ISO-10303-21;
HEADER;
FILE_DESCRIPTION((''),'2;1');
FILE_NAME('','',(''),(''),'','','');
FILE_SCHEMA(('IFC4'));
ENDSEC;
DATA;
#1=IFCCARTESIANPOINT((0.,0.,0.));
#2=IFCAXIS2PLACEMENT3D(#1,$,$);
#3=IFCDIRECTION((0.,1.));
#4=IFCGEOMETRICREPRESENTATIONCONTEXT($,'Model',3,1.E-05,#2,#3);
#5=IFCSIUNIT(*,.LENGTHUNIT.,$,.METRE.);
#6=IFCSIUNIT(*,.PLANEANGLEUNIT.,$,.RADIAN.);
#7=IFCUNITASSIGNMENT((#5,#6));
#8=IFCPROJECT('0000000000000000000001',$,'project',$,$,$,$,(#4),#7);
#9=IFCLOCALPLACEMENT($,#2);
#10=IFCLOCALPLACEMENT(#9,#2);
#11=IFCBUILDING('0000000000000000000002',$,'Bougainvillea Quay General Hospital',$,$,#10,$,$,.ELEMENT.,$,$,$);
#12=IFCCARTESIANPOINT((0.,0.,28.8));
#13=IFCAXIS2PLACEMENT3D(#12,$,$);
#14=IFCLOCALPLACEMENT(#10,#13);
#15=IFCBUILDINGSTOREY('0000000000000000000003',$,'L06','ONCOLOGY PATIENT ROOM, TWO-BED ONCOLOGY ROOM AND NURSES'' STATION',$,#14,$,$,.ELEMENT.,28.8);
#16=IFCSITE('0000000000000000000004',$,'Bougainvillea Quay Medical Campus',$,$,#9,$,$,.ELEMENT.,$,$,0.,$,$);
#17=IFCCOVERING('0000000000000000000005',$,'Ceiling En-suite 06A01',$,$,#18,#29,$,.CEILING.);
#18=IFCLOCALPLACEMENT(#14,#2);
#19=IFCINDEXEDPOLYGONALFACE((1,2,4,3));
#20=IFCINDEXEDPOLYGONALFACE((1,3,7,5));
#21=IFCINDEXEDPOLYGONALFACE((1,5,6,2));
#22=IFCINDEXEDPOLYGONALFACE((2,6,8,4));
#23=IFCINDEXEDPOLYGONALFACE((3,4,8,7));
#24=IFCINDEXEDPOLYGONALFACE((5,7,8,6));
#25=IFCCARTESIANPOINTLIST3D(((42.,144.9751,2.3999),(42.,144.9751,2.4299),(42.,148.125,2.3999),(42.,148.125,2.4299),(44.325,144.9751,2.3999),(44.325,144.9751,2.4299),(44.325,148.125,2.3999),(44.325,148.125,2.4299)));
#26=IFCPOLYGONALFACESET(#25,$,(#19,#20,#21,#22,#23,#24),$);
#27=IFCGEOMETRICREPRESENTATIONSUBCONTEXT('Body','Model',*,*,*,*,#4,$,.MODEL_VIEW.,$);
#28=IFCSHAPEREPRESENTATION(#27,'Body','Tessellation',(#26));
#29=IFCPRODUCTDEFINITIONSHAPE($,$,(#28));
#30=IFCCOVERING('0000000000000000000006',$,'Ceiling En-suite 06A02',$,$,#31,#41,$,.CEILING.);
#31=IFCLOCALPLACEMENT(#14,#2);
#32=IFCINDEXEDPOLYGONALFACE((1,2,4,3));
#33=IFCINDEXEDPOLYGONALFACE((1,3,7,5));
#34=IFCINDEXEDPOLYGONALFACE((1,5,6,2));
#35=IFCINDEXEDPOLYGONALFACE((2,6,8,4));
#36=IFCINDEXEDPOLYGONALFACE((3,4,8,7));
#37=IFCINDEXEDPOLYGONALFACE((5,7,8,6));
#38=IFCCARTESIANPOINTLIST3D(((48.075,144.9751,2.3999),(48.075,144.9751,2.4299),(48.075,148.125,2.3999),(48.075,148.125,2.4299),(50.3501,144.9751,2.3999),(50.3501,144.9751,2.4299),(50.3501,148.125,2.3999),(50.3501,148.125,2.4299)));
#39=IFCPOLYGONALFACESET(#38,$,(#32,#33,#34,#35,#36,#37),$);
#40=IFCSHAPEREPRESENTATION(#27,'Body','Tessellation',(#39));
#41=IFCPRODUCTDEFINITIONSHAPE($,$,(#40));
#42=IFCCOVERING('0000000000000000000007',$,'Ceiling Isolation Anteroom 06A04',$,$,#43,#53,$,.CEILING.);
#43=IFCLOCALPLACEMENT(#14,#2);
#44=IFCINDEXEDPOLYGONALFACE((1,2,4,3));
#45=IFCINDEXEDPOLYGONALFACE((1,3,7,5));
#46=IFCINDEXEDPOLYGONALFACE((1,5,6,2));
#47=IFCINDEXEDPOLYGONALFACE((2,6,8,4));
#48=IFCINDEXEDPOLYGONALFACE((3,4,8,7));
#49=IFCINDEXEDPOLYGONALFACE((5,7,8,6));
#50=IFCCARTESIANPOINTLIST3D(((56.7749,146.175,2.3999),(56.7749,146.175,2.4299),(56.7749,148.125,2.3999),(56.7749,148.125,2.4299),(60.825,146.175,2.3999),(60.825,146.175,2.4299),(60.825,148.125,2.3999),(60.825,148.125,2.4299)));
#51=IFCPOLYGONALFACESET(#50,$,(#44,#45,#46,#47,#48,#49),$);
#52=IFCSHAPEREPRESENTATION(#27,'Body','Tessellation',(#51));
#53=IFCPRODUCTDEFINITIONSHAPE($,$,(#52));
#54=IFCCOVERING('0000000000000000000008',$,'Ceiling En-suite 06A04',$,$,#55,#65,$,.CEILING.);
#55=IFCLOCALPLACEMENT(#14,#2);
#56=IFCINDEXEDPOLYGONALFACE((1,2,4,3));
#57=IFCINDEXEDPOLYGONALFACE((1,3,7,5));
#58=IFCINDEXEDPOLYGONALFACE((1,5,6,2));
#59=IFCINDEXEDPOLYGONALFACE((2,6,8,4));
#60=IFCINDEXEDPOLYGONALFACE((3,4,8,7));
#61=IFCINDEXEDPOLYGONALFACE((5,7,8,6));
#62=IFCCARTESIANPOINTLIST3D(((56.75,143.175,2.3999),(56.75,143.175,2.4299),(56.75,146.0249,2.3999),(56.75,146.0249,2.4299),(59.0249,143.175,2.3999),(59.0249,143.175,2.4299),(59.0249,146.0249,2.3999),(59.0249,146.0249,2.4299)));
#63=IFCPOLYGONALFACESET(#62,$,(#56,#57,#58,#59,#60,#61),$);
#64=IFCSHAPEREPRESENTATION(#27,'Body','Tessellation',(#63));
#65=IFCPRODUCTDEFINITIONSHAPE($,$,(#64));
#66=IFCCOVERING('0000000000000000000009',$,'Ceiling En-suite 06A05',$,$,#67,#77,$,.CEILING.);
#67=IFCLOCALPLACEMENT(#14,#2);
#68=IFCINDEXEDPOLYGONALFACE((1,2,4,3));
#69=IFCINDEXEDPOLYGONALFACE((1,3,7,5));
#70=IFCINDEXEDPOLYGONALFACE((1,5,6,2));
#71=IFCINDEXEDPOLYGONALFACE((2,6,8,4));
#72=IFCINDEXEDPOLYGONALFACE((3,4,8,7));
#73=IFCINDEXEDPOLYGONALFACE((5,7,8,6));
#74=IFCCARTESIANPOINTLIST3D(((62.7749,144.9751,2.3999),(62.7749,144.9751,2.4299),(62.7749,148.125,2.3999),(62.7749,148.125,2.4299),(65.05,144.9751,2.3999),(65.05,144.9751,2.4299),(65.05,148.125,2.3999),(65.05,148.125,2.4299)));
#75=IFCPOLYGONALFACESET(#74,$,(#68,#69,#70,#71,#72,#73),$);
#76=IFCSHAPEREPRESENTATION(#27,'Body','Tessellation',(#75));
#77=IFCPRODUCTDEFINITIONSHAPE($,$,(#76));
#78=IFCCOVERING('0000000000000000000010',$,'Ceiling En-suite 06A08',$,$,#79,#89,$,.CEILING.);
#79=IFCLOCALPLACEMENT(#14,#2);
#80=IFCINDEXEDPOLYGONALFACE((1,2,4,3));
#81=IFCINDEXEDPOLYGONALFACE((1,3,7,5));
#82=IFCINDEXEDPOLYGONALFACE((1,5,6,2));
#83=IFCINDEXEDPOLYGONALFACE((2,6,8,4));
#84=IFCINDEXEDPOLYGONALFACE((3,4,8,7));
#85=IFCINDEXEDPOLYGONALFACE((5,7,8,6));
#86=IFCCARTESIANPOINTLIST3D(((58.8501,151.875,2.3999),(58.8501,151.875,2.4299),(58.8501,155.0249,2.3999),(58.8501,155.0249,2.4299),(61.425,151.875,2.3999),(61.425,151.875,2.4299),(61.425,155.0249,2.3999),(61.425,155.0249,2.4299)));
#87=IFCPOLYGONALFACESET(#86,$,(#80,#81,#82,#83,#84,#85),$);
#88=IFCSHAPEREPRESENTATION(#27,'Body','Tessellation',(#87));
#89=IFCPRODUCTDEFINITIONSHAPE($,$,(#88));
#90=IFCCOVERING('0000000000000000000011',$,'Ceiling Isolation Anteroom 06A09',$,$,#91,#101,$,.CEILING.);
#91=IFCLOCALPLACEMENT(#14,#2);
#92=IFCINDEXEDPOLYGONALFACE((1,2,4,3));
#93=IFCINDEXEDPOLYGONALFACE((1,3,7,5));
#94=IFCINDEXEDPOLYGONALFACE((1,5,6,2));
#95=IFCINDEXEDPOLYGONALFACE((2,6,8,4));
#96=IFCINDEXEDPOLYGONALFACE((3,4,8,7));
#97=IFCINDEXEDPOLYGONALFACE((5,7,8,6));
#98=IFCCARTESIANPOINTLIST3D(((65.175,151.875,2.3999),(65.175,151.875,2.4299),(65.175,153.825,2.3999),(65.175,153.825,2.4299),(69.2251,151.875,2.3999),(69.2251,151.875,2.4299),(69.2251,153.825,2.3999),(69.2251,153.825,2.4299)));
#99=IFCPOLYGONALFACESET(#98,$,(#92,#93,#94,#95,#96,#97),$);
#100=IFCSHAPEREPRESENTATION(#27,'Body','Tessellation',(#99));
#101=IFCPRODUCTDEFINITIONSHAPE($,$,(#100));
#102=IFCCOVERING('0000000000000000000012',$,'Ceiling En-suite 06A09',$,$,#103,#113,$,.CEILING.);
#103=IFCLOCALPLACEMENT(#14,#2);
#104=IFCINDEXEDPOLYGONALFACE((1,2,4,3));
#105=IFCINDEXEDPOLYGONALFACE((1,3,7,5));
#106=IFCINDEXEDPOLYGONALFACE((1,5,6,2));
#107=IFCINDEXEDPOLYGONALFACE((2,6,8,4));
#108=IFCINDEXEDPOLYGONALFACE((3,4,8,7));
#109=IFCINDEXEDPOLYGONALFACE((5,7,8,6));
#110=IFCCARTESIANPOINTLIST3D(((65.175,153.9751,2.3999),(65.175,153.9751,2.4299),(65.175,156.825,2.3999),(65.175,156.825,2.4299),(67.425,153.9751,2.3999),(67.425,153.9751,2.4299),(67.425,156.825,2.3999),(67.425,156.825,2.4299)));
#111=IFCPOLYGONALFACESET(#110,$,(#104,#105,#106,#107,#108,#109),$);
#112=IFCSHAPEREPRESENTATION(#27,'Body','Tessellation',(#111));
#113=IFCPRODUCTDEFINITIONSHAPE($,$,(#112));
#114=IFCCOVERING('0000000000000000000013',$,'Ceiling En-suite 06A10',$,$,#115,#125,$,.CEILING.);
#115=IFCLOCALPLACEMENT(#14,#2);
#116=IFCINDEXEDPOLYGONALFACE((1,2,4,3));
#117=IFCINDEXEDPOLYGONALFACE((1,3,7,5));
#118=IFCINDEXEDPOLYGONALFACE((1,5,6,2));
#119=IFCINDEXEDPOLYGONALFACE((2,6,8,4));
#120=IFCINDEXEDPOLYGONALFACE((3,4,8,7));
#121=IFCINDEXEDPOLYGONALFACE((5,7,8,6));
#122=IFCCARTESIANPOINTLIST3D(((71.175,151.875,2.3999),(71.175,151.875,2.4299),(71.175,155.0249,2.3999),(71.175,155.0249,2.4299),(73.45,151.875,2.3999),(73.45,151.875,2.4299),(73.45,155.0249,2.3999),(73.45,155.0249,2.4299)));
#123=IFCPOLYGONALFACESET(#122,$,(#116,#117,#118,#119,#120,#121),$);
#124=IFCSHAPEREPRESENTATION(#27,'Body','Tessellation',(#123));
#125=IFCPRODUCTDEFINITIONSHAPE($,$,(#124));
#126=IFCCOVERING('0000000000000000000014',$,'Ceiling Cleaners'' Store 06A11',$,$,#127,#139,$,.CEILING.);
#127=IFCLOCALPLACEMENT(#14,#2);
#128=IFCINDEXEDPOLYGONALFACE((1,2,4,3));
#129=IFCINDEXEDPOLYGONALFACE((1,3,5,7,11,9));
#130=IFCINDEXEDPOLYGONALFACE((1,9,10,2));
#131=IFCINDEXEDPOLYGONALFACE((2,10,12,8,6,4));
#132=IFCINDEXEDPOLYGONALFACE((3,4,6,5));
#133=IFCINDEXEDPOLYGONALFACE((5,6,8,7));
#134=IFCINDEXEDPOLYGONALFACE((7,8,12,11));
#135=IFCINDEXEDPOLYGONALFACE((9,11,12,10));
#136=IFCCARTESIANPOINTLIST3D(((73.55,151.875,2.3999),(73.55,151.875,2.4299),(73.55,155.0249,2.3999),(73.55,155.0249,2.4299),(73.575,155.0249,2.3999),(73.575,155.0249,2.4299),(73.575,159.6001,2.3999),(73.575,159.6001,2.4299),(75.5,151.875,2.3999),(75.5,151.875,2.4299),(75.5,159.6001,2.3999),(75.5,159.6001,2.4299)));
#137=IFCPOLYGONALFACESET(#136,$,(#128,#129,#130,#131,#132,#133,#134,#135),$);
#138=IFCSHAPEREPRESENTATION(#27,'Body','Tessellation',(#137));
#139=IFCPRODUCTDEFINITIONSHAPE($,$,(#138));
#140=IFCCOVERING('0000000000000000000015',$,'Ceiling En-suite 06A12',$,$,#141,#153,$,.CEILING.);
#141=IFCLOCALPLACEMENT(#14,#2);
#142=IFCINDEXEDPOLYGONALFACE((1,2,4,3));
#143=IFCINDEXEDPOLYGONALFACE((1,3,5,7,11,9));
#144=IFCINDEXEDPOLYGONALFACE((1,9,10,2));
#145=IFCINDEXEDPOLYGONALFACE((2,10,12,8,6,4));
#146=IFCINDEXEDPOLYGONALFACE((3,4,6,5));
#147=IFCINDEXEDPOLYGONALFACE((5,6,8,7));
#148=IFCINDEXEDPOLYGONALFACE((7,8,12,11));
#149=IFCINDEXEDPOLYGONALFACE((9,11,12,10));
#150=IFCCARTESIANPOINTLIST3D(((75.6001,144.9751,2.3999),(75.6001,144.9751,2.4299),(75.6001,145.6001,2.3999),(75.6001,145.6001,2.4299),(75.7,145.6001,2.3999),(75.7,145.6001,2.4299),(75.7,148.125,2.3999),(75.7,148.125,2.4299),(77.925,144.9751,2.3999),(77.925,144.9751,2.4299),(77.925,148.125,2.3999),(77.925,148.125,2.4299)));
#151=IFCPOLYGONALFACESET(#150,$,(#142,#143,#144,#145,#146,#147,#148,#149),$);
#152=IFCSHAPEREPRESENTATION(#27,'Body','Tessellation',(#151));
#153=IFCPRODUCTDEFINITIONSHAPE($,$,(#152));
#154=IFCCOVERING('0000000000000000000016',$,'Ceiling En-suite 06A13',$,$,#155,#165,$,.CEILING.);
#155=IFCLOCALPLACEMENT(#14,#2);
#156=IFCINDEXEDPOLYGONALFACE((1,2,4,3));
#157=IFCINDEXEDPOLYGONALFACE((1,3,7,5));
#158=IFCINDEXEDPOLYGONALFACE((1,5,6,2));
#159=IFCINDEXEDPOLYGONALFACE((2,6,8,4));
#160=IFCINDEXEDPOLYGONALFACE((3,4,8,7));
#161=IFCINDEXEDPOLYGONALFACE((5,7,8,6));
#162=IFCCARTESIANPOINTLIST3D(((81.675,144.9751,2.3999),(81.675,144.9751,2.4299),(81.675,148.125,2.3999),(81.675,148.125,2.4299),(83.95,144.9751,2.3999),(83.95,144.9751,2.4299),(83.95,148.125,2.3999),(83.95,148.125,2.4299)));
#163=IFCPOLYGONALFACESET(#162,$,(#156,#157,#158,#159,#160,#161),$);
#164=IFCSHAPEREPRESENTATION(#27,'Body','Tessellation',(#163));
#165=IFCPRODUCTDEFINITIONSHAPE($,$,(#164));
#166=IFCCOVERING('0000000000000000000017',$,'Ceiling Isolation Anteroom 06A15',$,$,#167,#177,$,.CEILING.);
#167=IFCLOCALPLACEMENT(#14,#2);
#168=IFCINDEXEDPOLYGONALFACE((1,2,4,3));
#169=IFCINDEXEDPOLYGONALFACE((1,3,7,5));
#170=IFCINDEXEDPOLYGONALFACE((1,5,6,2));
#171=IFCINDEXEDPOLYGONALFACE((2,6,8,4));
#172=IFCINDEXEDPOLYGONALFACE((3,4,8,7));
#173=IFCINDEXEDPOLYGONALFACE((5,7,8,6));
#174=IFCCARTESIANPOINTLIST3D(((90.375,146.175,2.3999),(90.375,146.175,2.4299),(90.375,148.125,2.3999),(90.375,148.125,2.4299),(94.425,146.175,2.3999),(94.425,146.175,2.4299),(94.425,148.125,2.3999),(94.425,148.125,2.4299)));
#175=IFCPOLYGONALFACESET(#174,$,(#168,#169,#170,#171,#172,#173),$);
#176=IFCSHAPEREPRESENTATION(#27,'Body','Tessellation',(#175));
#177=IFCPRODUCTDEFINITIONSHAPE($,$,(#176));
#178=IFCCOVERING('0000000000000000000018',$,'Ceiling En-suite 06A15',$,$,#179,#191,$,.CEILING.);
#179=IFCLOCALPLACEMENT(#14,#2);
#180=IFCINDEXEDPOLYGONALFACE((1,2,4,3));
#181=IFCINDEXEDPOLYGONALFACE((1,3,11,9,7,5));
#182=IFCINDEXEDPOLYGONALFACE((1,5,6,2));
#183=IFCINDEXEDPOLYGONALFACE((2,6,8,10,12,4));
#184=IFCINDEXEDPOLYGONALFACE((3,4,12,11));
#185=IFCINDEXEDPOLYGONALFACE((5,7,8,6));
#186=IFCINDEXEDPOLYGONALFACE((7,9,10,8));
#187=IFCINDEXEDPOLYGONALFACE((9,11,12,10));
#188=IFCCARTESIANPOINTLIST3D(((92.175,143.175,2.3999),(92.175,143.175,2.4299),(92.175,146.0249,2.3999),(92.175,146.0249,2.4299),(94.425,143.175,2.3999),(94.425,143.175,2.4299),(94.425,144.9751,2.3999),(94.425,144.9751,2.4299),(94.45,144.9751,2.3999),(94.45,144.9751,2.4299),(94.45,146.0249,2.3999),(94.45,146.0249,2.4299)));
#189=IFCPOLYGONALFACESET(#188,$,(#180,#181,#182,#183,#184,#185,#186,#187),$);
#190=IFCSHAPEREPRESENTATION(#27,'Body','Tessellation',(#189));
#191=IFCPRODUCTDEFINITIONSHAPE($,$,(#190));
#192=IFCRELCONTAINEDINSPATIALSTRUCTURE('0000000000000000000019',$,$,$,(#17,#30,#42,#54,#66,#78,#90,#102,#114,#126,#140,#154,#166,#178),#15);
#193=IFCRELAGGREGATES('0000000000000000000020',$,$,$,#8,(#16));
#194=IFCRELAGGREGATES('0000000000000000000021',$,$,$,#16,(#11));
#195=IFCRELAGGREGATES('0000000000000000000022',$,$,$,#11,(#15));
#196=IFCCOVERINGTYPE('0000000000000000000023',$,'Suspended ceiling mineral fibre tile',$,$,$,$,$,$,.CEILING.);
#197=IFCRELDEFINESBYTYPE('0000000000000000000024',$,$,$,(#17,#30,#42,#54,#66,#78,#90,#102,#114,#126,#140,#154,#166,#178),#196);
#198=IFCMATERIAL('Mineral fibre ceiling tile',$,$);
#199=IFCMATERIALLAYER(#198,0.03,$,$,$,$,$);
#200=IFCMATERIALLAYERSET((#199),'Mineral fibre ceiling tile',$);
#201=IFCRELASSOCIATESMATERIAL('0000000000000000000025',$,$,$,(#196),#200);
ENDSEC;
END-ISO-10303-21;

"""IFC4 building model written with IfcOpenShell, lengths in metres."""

from ifc_helpers import new_model, si_unit, direction, frame, origin, place, context, subcontext, project, spatial, polyline, outline, extrude, material, layer, layer_set, type_object, element, save


model = new_model("IFC4")

# Units and contexts
model_context = context("Model", 3, precision=1e-05, world=origin(), true_north=direction((0.0, 1.0)))
body_context = subcontext(model_context, "Body", "Model", "MODEL_VIEW")
ifc_project = project(units=[si_unit("LENGTHUNIT", "METRE"), si_unit("PLANEANGLEUNIT", "RADIAN")], contexts=[model_context])

# Site, building, storey
site_placement = place(None, origin())
site = spatial("IfcSite", under=ifc_project, at=site_placement, Name="Bougainvillea Quay Medical Campus", CompositionType="ELEMENT", RefElevation=0.0)
building_placement = place(site_placement, origin())
building = spatial("IfcBuilding", under=site, at=building_placement, Name="Bougainvillea Quay General Hospital", CompositionType="ELEMENT")
storey_placement = place(building_placement, frame((0.0, 0.0, 28.8)))
storey = spatial("IfcBuildingStorey", under=building, at=storey_placement, Name="L06", Description="ONCOLOGY PATIENT ROOM, TWO-BED ONCOLOGY ROOM AND NURSES' STATION", CompositionType="ELEMENT", Elevation=28.8)

# Coverings
ifc_material_1 = material(Name="Mineral fibre ceiling tile")
ifc_layer_1 = layer(ifc_material_1, 0.03)
ifc_layer_set_1 = layer_set([ifc_layer_1], Name="Mineral fibre ceiling tile")
covering_type_1 = type_object("IfcCoveringType", Name="Suspended ceiling mineral fibre tile", PredefinedType="CEILING", material=ifc_layer_set_1)
covering_1_placement = place(storey_placement, frame((0.0, 0.0, 2.3999)))
element("IfcCovering", 1, at=covering_1_placement, inside=storey, type_object=covering_type_1, Name="Ceiling En-suite 06A01", PredefinedType="CEILING", context=body_context, shape_type="SweptSolid", body=[
    extrude(outline(polyline([(42.0, 144.9751), (44.325, 144.9751), (44.325, 148.125), (42.0, 148.125), (42.0, 144.9751)])), origin(), (0.0, 0.0, 1.0), 0.03),
])
covering_2_placement = place(storey_placement, frame((0.0, 0.0, 2.3999)))
element("IfcCovering", 2, at=covering_2_placement, inside=storey, type_object=covering_type_1, Name="Ceiling En-suite 06A02", PredefinedType="CEILING", context=body_context, shape_type="SweptSolid", body=[
    extrude(outline(polyline([(48.075, 148.125), (48.075, 144.9751), (50.3501, 144.9751), (50.3501, 148.125), (48.075, 148.125)])), origin(), (0.0, 0.0, 1.0), 0.03),
])
covering_3_placement = place(storey_placement, frame((0.0, 0.0, 2.3999)))
element("IfcCovering", 3, at=covering_3_placement, inside=storey, type_object=covering_type_1, Name="Ceiling Isolation Anteroom 06A04", PredefinedType="CEILING", context=body_context, shape_type="SweptSolid", body=[
    extrude(outline(polyline([(60.825, 146.175), (60.825, 148.125), (56.7749, 148.125), (56.7749, 146.175), (60.825, 146.175)])), origin(), (0.0, 0.0, 1.0), 0.03),
])
covering_4_placement = place(storey_placement, frame((0.0, 0.0, 2.3999)))
element("IfcCovering", 4, at=covering_4_placement, inside=storey, type_object=covering_type_1, Name="Ceiling En-suite 06A04", PredefinedType="CEILING", context=body_context, shape_type="SweptSolid", body=[
    extrude(outline(polyline([(59.0249, 146.0249), (56.75, 146.0249), (56.75, 143.175), (59.0249, 143.175), (59.0249, 146.0249)])), origin(), (0.0, 0.0, 1.0), 0.03),
])
covering_5_placement = place(storey_placement, frame((0.0, 0.0, 2.3999)))
element("IfcCovering", 5, at=covering_5_placement, inside=storey, type_object=covering_type_1, Name="Ceiling En-suite 06A05", PredefinedType="CEILING", context=body_context, shape_type="SweptSolid", body=[
    extrude(outline(polyline([(62.7749, 148.125), (62.7749, 144.9751), (65.05, 144.9751), (65.05, 148.125), (62.7749, 148.125)])), origin(), (0.0, 0.0, 1.0), 0.03),
])
covering_6_placement = place(storey_placement, frame((0.0, 0.0, 2.3999)))
element("IfcCovering", 6, at=covering_6_placement, inside=storey, type_object=covering_type_1, Name="Ceiling En-suite 06A08", PredefinedType="CEILING", context=body_context, shape_type="SweptSolid", body=[
    extrude(outline(polyline([(58.8501, 155.0249), (58.8501, 151.875), (61.425, 151.875), (61.425, 155.0249), (58.8501, 155.0249)])), origin(), (0.0, 0.0, 1.0), 0.03),
])
covering_7_placement = place(storey_placement, frame((0.0, 0.0, 2.3999)))
element("IfcCovering", 7, at=covering_7_placement, inside=storey, type_object=covering_type_1, Name="Ceiling Isolation Anteroom 06A09", PredefinedType="CEILING", context=body_context, shape_type="SweptSolid", body=[
    extrude(outline(polyline([(69.2251, 151.875), (69.2251, 153.825), (65.175, 153.825), (65.175, 151.875), (69.2251, 151.875)])), origin(), (0.0, 0.0, 1.0), 0.03),
])
covering_8_placement = place(storey_placement, frame((0.0, 0.0, 2.3999)))
element("IfcCovering", 8, at=covering_8_placement, inside=storey, type_object=covering_type_1, Name="Ceiling En-suite 06A09", PredefinedType="CEILING", context=body_context, shape_type="SweptSolid", body=[
    extrude(outline(polyline([(65.175, 156.825), (65.175, 153.9751), (67.425, 153.9751), (67.425, 156.825), (65.175, 156.825)])), origin(), (0.0, 0.0, 1.0), 0.03),
])
covering_9_placement = place(storey_placement, frame((0.0, 0.0, 2.3999)))
element("IfcCovering", 9, at=covering_9_placement, inside=storey, type_object=covering_type_1, Name="Ceiling En-suite 06A10", PredefinedType="CEILING", context=body_context, shape_type="SweptSolid", body=[
    extrude(outline(polyline([(71.175, 151.875), (73.45, 151.875), (73.45, 155.0249), (71.175, 155.0249), (71.175, 151.875)])), origin(), (0.0, 0.0, 1.0), 0.03),
])
covering_10_placement = place(storey_placement, frame((0.0, 0.0, 2.3999)))
element("IfcCovering", 10, at=covering_10_placement, inside=storey, type_object=covering_type_1, Name="Ceiling Cleaners' Store 06A11", PredefinedType="CEILING", context=body_context, shape_type="SweptSolid", body=[
    extrude(outline(polyline([(73.575, 159.6001), (73.575, 155.0249), (73.55, 155.0249), (73.55, 151.875), (75.5, 151.875), (75.5, 159.6001), (73.575, 159.6001)])), origin(), (0.0, 0.0, 1.0), 0.03),
])
covering_11_placement = place(storey_placement, frame((0.0, 0.0, 2.3999)))
element("IfcCovering", 11, at=covering_11_placement, inside=storey, type_object=covering_type_1, Name="Ceiling En-suite 06A12", PredefinedType="CEILING", context=body_context, shape_type="SweptSolid", body=[
    extrude(outline(polyline([(75.6001, 144.9751), (77.925, 144.9751), (77.925, 148.125), (75.7, 148.125), (75.7, 145.6001), (75.6001, 145.6001), (75.6001, 144.9751)])), origin(), (0.0, 0.0, 1.0), 0.03),
])
covering_12_placement = place(storey_placement, frame((0.0, 0.0, 2.3999)))
element("IfcCovering", 12, at=covering_12_placement, inside=storey, type_object=covering_type_1, Name="Ceiling En-suite 06A13", PredefinedType="CEILING", context=body_context, shape_type="SweptSolid", body=[
    extrude(outline(polyline([(83.95, 148.125), (81.675, 148.125), (81.675, 144.9751), (83.95, 144.9751), (83.95, 148.125)])), origin(), (0.0, 0.0, 1.0), 0.03),
])
covering_13_placement = place(storey_placement, frame((0.0, 0.0, 2.3999)))
element("IfcCovering", 13, at=covering_13_placement, inside=storey, type_object=covering_type_1, Name="Ceiling Isolation Anteroom 06A15", PredefinedType="CEILING", context=body_context, shape_type="SweptSolid", body=[
    extrude(outline(polyline([(94.425, 146.175), (94.425, 148.125), (90.375, 148.125), (90.375, 146.175), (94.425, 146.175)])), origin(), (0.0, 0.0, 1.0), 0.03),
])
covering_14_placement = place(storey_placement, frame((0.0, 0.0, 2.3999)))
element("IfcCovering", 14, at=covering_14_placement, inside=storey, type_object=covering_type_1, Name="Ceiling En-suite 06A15", PredefinedType="CEILING", context=body_context, shape_type="SweptSolid", body=[
    extrude(outline(polyline([(94.425, 144.9751), (94.45, 144.9751), (94.45, 146.0249), (92.175, 146.0249), (92.175, 143.175), (94.425, 143.175), (94.425, 144.9751)])), origin(), (0.0, 0.0, 1.0), 0.03),
])

save(model, "model.ifc")
